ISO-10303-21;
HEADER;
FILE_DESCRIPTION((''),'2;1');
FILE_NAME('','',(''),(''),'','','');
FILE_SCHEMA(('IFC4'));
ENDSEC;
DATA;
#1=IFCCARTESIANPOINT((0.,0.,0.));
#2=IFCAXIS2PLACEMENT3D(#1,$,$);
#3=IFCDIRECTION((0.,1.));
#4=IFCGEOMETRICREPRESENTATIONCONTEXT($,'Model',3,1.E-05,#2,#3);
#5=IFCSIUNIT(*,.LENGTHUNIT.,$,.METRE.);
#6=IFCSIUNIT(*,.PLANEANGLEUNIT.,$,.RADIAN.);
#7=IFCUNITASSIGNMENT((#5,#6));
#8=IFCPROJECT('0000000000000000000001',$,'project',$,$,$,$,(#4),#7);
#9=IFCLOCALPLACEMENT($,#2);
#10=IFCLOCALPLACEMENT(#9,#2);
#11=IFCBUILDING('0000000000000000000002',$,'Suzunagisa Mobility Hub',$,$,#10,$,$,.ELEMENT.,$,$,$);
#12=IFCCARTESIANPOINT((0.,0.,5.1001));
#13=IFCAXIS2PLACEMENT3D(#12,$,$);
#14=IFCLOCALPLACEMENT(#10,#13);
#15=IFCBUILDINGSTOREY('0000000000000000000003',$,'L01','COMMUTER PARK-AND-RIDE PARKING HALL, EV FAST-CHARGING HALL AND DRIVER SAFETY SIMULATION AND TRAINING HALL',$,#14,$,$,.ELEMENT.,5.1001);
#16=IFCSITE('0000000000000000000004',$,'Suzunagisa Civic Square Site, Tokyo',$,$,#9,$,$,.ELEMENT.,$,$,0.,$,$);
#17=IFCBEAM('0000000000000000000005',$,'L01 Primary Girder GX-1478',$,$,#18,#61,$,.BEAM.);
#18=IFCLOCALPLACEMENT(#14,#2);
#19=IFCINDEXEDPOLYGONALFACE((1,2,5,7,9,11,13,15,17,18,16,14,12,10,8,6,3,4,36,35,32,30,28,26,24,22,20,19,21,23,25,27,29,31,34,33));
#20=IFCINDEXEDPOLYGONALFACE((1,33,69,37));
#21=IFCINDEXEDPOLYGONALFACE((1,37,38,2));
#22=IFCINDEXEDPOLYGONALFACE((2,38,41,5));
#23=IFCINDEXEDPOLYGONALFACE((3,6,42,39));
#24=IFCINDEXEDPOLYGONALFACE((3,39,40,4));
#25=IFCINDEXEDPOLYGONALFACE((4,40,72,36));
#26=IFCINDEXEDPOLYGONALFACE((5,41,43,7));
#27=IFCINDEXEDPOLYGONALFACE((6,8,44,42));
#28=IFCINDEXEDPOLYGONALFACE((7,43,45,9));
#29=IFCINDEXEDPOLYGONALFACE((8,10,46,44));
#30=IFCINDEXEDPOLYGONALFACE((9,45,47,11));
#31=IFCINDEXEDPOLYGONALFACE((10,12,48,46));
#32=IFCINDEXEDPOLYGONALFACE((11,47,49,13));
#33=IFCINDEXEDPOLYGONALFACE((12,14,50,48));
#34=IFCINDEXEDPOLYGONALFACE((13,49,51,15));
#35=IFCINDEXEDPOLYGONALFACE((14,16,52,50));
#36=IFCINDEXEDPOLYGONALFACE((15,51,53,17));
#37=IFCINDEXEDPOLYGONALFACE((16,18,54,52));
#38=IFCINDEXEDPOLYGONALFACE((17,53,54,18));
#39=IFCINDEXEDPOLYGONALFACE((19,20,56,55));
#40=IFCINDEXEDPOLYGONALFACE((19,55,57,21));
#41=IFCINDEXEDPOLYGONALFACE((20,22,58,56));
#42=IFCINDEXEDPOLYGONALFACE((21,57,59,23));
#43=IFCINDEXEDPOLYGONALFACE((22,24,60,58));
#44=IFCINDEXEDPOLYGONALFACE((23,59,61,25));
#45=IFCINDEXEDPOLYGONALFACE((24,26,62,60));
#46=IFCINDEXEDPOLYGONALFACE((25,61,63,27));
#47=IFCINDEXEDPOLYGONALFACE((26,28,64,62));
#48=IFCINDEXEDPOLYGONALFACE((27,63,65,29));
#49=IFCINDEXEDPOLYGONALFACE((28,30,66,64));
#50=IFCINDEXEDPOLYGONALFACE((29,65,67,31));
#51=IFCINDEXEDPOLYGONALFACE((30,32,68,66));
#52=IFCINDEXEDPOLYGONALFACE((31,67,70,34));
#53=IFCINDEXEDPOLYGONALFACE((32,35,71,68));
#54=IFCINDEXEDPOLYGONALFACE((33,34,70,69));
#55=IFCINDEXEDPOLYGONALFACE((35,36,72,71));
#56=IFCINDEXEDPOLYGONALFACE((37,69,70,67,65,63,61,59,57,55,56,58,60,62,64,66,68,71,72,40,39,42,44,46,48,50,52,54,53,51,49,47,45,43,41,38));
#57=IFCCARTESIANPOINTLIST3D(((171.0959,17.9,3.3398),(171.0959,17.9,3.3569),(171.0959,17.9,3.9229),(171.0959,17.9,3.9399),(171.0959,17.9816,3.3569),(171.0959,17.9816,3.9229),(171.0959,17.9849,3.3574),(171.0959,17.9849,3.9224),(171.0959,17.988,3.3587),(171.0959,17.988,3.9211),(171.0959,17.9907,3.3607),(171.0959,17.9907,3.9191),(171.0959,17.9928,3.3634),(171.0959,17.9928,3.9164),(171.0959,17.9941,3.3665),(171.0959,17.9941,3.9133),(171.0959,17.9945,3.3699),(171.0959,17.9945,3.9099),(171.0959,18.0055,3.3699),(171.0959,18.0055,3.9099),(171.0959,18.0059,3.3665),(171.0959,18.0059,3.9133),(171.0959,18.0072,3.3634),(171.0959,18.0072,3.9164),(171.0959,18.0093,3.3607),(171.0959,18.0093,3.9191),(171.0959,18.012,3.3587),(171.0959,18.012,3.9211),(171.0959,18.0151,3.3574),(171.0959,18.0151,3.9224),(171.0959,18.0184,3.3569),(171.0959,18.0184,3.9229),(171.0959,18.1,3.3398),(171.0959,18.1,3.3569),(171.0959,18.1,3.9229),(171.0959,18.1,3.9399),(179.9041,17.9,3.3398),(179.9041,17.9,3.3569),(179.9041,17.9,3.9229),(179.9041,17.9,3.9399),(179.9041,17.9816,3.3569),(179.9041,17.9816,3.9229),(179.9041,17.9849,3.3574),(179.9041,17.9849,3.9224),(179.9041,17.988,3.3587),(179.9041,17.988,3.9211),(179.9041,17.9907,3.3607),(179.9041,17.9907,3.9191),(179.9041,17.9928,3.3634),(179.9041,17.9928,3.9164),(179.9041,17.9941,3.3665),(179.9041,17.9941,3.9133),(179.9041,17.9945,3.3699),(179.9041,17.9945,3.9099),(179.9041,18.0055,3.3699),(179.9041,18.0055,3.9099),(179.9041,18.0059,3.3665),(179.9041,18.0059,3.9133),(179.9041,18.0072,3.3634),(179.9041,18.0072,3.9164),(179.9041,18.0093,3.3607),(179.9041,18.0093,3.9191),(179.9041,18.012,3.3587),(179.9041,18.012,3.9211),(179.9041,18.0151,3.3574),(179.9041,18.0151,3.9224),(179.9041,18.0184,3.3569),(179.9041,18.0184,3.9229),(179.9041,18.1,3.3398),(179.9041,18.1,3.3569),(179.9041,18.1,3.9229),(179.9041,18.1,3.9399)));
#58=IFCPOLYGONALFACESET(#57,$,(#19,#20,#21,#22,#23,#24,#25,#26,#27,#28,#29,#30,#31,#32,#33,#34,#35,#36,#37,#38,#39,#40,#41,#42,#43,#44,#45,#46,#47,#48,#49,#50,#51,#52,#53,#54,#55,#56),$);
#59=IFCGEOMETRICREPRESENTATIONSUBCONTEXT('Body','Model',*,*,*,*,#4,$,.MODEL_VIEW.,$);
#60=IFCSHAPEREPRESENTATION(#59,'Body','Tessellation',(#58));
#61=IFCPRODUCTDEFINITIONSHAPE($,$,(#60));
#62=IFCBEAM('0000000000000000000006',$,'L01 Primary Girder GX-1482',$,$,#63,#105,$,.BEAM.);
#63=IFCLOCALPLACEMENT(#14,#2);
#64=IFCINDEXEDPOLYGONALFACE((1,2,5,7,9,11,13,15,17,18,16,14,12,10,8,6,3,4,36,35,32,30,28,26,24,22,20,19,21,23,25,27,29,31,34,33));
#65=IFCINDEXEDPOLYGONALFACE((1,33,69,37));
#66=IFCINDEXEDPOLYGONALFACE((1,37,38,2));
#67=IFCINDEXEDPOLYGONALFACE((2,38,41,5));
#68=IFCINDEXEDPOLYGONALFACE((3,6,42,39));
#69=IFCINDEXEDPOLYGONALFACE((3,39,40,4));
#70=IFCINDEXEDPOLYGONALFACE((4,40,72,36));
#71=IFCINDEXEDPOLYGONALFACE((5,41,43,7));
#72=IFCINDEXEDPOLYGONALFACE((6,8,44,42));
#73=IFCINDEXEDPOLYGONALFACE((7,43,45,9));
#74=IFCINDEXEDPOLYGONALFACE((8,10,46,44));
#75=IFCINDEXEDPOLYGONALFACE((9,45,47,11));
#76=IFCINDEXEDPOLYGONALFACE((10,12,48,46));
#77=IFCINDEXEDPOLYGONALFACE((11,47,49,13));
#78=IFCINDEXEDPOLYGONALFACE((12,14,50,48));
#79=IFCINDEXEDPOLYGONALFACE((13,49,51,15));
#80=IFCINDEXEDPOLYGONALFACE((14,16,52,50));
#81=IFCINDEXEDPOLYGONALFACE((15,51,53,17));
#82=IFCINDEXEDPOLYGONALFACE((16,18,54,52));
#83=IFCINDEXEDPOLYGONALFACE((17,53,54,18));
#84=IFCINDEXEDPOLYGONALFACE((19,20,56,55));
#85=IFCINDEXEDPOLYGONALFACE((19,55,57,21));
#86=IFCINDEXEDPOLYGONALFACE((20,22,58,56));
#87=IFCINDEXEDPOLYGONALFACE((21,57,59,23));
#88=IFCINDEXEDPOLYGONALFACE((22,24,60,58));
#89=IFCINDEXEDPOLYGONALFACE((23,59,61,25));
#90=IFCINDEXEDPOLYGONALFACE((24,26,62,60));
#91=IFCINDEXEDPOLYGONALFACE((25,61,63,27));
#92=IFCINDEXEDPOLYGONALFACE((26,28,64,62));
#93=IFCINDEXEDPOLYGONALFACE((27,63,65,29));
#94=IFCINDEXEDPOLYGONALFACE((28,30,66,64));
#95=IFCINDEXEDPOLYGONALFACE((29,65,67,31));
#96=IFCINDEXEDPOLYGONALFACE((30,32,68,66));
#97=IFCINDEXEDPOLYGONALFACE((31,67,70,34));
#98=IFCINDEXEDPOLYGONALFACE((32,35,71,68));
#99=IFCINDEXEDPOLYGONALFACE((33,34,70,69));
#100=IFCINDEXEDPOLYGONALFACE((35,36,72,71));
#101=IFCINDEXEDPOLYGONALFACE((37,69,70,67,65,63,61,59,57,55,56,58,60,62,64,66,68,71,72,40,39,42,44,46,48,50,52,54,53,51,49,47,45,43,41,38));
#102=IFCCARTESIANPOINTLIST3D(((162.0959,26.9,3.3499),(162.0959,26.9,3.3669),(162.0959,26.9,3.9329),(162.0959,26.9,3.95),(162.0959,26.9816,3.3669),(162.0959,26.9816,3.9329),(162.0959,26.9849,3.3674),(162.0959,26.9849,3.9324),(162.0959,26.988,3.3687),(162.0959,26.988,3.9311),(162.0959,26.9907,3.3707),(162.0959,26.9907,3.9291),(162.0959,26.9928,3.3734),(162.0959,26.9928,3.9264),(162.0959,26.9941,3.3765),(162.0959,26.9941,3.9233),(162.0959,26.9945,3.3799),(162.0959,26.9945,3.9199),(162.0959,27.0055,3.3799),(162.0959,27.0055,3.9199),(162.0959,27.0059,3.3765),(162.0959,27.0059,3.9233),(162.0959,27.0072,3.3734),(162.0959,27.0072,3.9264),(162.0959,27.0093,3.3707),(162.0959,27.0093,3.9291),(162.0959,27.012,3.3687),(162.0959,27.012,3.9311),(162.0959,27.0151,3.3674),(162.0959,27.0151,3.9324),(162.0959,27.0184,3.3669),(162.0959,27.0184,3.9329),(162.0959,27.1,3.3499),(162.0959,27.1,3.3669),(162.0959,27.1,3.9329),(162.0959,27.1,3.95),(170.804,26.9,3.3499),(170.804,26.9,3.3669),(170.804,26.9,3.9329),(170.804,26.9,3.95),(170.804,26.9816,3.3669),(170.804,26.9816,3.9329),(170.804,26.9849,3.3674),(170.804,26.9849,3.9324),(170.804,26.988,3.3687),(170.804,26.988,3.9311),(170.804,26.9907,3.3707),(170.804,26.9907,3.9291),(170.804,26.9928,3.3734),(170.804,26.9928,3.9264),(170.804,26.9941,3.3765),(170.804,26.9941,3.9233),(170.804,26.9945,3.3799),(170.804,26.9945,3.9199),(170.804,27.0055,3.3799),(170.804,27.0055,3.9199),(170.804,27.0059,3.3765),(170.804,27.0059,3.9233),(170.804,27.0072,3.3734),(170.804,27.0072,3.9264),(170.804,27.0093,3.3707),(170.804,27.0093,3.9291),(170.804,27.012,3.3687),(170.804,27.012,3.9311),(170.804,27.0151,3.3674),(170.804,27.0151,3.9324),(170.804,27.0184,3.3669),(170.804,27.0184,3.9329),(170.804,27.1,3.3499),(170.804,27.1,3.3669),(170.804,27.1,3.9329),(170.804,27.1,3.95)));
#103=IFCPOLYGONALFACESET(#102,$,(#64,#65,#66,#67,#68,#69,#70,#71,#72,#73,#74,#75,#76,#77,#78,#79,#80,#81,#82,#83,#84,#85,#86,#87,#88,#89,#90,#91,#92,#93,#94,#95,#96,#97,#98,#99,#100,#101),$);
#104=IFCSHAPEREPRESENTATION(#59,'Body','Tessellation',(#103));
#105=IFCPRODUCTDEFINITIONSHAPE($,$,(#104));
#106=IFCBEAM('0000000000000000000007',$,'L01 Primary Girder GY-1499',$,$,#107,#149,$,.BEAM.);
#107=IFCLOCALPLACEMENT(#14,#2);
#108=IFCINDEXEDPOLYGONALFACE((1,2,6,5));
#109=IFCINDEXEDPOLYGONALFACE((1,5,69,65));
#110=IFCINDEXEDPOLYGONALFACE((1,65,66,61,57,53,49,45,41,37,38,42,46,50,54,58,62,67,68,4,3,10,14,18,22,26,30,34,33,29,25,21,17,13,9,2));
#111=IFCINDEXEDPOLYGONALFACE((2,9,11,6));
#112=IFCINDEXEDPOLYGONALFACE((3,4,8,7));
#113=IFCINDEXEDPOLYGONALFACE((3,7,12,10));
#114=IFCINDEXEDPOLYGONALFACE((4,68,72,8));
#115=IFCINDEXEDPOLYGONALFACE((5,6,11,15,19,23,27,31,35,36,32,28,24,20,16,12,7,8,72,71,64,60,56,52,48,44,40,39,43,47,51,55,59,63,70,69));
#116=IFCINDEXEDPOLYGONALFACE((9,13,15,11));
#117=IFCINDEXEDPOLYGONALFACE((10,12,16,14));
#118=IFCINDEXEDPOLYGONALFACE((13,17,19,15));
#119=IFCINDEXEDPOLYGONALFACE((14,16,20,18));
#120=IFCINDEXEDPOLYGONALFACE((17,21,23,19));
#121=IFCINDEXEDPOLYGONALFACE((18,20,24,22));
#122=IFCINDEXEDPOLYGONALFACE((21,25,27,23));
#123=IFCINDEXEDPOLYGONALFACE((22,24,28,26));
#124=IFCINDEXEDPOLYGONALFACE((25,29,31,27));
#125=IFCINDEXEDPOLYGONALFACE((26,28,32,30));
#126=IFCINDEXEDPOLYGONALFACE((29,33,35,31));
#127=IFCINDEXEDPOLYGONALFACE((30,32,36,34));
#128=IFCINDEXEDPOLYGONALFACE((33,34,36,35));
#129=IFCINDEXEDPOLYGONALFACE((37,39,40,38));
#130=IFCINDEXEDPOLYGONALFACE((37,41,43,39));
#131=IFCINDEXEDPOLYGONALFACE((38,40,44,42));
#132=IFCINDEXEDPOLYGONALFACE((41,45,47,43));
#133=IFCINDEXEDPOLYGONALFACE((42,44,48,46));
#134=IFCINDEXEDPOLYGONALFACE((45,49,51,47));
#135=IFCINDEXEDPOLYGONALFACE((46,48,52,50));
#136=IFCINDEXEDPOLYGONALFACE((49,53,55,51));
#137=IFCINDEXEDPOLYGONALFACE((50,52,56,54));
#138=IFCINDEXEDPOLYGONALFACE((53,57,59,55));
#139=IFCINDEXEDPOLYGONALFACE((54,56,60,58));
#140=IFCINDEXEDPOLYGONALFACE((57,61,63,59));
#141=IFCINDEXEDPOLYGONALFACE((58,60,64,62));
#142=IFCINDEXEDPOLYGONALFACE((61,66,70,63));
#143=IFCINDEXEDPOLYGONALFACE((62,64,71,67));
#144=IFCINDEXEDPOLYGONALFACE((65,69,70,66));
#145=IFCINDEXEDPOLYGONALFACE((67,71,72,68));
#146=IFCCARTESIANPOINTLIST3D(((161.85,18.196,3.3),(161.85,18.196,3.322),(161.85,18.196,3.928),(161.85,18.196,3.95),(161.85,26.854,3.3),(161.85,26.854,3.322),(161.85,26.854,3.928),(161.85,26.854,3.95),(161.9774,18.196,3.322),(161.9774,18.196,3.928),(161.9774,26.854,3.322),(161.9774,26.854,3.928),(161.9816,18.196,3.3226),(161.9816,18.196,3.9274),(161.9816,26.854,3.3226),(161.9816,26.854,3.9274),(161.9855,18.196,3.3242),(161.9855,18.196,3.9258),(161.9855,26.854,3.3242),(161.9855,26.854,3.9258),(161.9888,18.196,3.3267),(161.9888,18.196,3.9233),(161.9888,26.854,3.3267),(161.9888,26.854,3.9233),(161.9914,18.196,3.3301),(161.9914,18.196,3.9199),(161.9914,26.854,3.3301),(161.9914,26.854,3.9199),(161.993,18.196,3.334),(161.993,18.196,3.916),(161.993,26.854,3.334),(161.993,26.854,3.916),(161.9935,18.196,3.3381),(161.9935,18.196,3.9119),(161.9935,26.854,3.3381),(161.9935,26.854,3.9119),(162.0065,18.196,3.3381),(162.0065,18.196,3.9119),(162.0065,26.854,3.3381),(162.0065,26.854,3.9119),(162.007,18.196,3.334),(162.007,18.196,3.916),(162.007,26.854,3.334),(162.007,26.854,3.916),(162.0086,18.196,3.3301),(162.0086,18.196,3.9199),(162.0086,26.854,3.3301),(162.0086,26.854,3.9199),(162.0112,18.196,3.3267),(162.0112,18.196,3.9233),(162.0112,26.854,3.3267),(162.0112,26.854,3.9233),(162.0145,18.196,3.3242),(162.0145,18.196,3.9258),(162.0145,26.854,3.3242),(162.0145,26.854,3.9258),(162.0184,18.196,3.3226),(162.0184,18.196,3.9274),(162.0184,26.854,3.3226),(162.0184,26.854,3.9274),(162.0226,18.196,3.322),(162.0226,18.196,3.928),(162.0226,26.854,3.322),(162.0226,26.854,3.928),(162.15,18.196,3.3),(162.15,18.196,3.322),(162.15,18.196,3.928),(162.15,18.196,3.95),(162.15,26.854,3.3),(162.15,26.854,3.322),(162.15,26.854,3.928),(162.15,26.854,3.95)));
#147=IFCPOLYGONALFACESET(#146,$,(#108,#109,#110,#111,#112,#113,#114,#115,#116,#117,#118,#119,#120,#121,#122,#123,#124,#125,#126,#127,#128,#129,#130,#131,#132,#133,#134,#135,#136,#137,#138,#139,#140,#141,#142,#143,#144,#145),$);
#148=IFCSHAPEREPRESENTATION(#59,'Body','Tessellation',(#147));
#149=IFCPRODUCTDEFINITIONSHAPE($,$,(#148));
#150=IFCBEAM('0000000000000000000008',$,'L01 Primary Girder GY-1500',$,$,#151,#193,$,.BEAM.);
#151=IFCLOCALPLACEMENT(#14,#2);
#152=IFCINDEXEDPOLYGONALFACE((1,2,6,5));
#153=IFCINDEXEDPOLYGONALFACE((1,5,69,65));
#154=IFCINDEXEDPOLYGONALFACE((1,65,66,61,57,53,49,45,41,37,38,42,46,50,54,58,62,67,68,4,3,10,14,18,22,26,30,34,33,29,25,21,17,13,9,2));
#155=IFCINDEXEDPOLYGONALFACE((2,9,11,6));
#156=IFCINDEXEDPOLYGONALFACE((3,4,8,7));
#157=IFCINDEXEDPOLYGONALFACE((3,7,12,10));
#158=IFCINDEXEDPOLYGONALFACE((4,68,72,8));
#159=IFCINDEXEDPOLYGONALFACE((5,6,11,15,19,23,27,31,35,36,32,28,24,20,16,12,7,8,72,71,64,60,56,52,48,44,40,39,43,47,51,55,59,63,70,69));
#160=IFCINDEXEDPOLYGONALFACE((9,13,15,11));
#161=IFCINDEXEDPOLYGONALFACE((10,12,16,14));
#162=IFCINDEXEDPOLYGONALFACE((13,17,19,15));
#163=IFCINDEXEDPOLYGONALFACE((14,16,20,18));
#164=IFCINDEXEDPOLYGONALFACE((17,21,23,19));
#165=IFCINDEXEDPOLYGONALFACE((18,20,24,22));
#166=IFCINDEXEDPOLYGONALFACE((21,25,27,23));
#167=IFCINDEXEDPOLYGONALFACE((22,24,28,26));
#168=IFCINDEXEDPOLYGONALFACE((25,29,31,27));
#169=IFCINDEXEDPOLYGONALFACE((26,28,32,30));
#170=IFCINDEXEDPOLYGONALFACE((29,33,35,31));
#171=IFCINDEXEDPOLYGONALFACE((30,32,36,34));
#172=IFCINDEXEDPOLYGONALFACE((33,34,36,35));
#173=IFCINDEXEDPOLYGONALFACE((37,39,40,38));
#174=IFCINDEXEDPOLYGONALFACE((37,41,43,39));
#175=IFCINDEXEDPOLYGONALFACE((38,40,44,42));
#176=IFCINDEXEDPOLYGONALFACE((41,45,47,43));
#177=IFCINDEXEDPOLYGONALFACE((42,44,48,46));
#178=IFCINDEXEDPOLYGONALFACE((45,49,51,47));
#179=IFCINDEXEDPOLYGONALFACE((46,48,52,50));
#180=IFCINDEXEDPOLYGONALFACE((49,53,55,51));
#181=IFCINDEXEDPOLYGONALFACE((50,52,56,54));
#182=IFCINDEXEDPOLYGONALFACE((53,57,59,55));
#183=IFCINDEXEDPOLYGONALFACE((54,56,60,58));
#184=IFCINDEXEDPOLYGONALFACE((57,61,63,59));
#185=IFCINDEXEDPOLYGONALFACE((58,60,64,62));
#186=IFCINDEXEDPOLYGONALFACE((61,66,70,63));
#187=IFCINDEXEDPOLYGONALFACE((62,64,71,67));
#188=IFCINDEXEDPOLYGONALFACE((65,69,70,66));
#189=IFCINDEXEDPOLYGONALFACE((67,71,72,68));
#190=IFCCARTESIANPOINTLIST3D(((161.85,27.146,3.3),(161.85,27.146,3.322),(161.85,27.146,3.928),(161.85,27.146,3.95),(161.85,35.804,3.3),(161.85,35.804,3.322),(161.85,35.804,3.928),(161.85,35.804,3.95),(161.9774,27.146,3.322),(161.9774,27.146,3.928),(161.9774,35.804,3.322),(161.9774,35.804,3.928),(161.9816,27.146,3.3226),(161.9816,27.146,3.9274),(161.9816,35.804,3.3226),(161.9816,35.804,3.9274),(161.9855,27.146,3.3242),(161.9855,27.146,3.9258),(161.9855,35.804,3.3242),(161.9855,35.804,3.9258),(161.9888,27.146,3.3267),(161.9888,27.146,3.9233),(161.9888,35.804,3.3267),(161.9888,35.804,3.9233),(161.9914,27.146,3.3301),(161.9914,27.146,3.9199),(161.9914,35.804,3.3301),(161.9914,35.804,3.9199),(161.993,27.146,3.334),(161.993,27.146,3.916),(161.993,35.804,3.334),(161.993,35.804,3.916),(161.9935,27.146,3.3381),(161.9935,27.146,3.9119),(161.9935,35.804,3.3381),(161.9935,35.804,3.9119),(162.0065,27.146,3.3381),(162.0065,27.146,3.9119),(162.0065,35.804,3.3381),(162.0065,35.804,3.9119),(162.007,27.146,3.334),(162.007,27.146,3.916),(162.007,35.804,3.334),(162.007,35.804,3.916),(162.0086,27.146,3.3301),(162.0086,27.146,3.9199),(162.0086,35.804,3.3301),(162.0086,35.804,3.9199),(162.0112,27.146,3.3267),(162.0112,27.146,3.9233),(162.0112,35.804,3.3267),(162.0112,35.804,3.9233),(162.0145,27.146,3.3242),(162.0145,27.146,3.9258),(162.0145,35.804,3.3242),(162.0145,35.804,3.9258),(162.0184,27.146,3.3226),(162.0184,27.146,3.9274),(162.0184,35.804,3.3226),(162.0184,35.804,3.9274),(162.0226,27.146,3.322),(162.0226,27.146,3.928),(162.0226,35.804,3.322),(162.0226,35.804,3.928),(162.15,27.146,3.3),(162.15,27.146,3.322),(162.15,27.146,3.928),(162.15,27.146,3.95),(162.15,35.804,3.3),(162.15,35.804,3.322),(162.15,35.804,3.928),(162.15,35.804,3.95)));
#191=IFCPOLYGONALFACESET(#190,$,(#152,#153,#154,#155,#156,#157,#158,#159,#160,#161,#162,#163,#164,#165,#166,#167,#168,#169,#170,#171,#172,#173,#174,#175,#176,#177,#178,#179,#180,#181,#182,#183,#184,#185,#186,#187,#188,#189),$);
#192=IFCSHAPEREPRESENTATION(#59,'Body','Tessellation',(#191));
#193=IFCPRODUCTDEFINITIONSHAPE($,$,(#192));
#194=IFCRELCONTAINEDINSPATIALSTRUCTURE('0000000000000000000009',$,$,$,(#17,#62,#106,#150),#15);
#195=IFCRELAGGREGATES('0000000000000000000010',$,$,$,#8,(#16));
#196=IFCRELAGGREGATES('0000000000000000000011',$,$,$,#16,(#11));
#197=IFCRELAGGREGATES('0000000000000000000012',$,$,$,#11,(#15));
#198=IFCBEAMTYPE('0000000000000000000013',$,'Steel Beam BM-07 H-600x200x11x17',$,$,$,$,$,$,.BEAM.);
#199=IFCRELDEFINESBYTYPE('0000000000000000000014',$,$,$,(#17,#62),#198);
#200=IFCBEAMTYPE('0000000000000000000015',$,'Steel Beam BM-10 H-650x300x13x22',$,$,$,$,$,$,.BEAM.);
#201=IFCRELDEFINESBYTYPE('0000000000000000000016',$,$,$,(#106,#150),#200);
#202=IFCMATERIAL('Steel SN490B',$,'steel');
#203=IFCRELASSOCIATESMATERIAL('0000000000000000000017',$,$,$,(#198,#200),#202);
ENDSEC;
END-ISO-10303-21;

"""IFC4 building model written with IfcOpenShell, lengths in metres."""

from ifc_helpers import new_model, si_unit, direction, frame, origin, origin_2d, place, context, subcontext, project, spatial, i_section, extrude, material, material_profile, profile_set, type_object, element, save


model = new_model("IFC4")

# Units and contexts
model_context = context("Model", 3, precision=1e-05, world=origin(), true_north=direction((0.0, 1.0)))
body_context = subcontext(model_context, "Body", "Model", "MODEL_VIEW")
ifc_project = project(units=[si_unit("LENGTHUNIT", "METRE"), si_unit("PLANEANGLEUNIT", "RADIAN")], contexts=[model_context])

# Site, building, storey
site_placement = place(None, origin())
site = spatial("IfcSite", under=ifc_project, at=site_placement, Name="Suzunagisa Civic Square Site, Tokyo", CompositionType="ELEMENT", RefElevation=0.0)
building_placement = place(site_placement, origin())
building = spatial("IfcBuilding", under=site, at=building_placement, Name="Suzunagisa Mobility Hub", CompositionType="ELEMENT")
storey_placement = place(building_placement, frame((0.0, 0.0, 5.1001)))
storey = spatial("IfcBuildingStorey", under=building, at=storey_placement, Name="L01", Description="COMMUTER PARK-AND-RIDE PARKING HALL, EV FAST-CHARGING HALL AND DRIVER SAFETY SIMULATION AND TRAINING HALL", CompositionType="ELEMENT", Elevation=5.1001)

# Shared definitions
ifc_material_1 = material(Name="Steel SN490B", Category="steel")

# Beams
ifc_material_profile_1 = material_profile(ifc_material_1, i_section(OverallWidth=0.2, OverallDepth=0.6001, WebThickness=0.011, FlangeThickness=0.0171, FilletRadius=0.0129, at=origin_2d()), Name="H-600x200x11x17")
ifc_profile_set_1 = profile_set([ifc_material_profile_1], Name="Steel SN490B")
beam_type_1 = type_object("IfcBeamType", Name="Steel Beam BM-07 H-600x200x11x17", PredefinedType="BEAM", material=ifc_profile_set_1)
beam_1_placement = place(storey_placement, frame((171.0959, 18.0, 3.6399), z_axis=(1.0, 0.0, 0.0), x_axis=(0.0, 1.0, 0.0)))
element("IfcBeam", 1, at=beam_1_placement, inside=storey, type_object=beam_type_1, Name="L01 Primary Girder GX-1478", PredefinedType="BEAM", context=body_context, shape_type="SweptSolid", body=[
    extrude(i_section(OverallWidth=0.2, OverallDepth=0.6001, WebThickness=0.011, FlangeThickness=0.0171, FilletRadius=0.0129, at=origin_2d()), origin(), (0.0, 0.0, 1.0), 8.8081),
])
beam_2_placement = place(storey_placement, frame((162.0959, 27.0, 3.6499), z_axis=(1.0, 0.0, 0.0), x_axis=(0.0, 1.0, 0.0)))
element("IfcBeam", 2, at=beam_2_placement, inside=storey, type_object=beam_type_1, Name="L01 Primary Girder GX-1482", PredefinedType="BEAM", context=body_context, shape_type="SweptSolid", body=[
    extrude(i_section(OverallWidth=0.2, OverallDepth=0.6001, WebThickness=0.011, FlangeThickness=0.0171, FilletRadius=0.0129, at=origin_2d()), origin(), (0.0, 0.0, 1.0), 8.708),
])
ifc_material_profile_2 = material_profile(ifc_material_1, i_section(OverallWidth=0.3, OverallDepth=0.6499, WebThickness=0.0129, FlangeThickness=0.022, FilletRadius=0.0161, at=origin_2d()), Name="H-650x300x13x22")
ifc_profile_set_2 = profile_set([ifc_material_profile_2], Name="Steel SN490B")
beam_type_2 = type_object("IfcBeamType", Name="Steel Beam BM-10 H-650x300x13x22", PredefinedType="BEAM", material=ifc_profile_set_2)
for number, where, z_axis, x_axis, name in (
    (3, (162.0, 18.196, 3.625), (0.0, 1.0, 0.0), (-1.0, 0.0, 0.0), "L01 Primary Girder GY-1499"),
    (4, (162.0, 27.146, 3.625), (0.0, 1.0, 0.0), (-1.0, 0.0, 0.0), "L01 Primary Girder GY-1500"),
):
    element("IfcBeam", number, at=place(storey_placement, frame(where, z_axis=z_axis, x_axis=x_axis)), inside=storey, type_object=beam_type_2, Name=name, PredefinedType="BEAM", context=body_context, shape_type="SweptSolid", body=[
        extrude(i_section(OverallWidth=0.3, OverallDepth=0.6499, WebThickness=0.0129, FlangeThickness=0.022, FilletRadius=0.0161, at=origin_2d()), origin(), (0.0, 0.0, 1.0), 8.658),
    ])

save(model, "model.ifc")
